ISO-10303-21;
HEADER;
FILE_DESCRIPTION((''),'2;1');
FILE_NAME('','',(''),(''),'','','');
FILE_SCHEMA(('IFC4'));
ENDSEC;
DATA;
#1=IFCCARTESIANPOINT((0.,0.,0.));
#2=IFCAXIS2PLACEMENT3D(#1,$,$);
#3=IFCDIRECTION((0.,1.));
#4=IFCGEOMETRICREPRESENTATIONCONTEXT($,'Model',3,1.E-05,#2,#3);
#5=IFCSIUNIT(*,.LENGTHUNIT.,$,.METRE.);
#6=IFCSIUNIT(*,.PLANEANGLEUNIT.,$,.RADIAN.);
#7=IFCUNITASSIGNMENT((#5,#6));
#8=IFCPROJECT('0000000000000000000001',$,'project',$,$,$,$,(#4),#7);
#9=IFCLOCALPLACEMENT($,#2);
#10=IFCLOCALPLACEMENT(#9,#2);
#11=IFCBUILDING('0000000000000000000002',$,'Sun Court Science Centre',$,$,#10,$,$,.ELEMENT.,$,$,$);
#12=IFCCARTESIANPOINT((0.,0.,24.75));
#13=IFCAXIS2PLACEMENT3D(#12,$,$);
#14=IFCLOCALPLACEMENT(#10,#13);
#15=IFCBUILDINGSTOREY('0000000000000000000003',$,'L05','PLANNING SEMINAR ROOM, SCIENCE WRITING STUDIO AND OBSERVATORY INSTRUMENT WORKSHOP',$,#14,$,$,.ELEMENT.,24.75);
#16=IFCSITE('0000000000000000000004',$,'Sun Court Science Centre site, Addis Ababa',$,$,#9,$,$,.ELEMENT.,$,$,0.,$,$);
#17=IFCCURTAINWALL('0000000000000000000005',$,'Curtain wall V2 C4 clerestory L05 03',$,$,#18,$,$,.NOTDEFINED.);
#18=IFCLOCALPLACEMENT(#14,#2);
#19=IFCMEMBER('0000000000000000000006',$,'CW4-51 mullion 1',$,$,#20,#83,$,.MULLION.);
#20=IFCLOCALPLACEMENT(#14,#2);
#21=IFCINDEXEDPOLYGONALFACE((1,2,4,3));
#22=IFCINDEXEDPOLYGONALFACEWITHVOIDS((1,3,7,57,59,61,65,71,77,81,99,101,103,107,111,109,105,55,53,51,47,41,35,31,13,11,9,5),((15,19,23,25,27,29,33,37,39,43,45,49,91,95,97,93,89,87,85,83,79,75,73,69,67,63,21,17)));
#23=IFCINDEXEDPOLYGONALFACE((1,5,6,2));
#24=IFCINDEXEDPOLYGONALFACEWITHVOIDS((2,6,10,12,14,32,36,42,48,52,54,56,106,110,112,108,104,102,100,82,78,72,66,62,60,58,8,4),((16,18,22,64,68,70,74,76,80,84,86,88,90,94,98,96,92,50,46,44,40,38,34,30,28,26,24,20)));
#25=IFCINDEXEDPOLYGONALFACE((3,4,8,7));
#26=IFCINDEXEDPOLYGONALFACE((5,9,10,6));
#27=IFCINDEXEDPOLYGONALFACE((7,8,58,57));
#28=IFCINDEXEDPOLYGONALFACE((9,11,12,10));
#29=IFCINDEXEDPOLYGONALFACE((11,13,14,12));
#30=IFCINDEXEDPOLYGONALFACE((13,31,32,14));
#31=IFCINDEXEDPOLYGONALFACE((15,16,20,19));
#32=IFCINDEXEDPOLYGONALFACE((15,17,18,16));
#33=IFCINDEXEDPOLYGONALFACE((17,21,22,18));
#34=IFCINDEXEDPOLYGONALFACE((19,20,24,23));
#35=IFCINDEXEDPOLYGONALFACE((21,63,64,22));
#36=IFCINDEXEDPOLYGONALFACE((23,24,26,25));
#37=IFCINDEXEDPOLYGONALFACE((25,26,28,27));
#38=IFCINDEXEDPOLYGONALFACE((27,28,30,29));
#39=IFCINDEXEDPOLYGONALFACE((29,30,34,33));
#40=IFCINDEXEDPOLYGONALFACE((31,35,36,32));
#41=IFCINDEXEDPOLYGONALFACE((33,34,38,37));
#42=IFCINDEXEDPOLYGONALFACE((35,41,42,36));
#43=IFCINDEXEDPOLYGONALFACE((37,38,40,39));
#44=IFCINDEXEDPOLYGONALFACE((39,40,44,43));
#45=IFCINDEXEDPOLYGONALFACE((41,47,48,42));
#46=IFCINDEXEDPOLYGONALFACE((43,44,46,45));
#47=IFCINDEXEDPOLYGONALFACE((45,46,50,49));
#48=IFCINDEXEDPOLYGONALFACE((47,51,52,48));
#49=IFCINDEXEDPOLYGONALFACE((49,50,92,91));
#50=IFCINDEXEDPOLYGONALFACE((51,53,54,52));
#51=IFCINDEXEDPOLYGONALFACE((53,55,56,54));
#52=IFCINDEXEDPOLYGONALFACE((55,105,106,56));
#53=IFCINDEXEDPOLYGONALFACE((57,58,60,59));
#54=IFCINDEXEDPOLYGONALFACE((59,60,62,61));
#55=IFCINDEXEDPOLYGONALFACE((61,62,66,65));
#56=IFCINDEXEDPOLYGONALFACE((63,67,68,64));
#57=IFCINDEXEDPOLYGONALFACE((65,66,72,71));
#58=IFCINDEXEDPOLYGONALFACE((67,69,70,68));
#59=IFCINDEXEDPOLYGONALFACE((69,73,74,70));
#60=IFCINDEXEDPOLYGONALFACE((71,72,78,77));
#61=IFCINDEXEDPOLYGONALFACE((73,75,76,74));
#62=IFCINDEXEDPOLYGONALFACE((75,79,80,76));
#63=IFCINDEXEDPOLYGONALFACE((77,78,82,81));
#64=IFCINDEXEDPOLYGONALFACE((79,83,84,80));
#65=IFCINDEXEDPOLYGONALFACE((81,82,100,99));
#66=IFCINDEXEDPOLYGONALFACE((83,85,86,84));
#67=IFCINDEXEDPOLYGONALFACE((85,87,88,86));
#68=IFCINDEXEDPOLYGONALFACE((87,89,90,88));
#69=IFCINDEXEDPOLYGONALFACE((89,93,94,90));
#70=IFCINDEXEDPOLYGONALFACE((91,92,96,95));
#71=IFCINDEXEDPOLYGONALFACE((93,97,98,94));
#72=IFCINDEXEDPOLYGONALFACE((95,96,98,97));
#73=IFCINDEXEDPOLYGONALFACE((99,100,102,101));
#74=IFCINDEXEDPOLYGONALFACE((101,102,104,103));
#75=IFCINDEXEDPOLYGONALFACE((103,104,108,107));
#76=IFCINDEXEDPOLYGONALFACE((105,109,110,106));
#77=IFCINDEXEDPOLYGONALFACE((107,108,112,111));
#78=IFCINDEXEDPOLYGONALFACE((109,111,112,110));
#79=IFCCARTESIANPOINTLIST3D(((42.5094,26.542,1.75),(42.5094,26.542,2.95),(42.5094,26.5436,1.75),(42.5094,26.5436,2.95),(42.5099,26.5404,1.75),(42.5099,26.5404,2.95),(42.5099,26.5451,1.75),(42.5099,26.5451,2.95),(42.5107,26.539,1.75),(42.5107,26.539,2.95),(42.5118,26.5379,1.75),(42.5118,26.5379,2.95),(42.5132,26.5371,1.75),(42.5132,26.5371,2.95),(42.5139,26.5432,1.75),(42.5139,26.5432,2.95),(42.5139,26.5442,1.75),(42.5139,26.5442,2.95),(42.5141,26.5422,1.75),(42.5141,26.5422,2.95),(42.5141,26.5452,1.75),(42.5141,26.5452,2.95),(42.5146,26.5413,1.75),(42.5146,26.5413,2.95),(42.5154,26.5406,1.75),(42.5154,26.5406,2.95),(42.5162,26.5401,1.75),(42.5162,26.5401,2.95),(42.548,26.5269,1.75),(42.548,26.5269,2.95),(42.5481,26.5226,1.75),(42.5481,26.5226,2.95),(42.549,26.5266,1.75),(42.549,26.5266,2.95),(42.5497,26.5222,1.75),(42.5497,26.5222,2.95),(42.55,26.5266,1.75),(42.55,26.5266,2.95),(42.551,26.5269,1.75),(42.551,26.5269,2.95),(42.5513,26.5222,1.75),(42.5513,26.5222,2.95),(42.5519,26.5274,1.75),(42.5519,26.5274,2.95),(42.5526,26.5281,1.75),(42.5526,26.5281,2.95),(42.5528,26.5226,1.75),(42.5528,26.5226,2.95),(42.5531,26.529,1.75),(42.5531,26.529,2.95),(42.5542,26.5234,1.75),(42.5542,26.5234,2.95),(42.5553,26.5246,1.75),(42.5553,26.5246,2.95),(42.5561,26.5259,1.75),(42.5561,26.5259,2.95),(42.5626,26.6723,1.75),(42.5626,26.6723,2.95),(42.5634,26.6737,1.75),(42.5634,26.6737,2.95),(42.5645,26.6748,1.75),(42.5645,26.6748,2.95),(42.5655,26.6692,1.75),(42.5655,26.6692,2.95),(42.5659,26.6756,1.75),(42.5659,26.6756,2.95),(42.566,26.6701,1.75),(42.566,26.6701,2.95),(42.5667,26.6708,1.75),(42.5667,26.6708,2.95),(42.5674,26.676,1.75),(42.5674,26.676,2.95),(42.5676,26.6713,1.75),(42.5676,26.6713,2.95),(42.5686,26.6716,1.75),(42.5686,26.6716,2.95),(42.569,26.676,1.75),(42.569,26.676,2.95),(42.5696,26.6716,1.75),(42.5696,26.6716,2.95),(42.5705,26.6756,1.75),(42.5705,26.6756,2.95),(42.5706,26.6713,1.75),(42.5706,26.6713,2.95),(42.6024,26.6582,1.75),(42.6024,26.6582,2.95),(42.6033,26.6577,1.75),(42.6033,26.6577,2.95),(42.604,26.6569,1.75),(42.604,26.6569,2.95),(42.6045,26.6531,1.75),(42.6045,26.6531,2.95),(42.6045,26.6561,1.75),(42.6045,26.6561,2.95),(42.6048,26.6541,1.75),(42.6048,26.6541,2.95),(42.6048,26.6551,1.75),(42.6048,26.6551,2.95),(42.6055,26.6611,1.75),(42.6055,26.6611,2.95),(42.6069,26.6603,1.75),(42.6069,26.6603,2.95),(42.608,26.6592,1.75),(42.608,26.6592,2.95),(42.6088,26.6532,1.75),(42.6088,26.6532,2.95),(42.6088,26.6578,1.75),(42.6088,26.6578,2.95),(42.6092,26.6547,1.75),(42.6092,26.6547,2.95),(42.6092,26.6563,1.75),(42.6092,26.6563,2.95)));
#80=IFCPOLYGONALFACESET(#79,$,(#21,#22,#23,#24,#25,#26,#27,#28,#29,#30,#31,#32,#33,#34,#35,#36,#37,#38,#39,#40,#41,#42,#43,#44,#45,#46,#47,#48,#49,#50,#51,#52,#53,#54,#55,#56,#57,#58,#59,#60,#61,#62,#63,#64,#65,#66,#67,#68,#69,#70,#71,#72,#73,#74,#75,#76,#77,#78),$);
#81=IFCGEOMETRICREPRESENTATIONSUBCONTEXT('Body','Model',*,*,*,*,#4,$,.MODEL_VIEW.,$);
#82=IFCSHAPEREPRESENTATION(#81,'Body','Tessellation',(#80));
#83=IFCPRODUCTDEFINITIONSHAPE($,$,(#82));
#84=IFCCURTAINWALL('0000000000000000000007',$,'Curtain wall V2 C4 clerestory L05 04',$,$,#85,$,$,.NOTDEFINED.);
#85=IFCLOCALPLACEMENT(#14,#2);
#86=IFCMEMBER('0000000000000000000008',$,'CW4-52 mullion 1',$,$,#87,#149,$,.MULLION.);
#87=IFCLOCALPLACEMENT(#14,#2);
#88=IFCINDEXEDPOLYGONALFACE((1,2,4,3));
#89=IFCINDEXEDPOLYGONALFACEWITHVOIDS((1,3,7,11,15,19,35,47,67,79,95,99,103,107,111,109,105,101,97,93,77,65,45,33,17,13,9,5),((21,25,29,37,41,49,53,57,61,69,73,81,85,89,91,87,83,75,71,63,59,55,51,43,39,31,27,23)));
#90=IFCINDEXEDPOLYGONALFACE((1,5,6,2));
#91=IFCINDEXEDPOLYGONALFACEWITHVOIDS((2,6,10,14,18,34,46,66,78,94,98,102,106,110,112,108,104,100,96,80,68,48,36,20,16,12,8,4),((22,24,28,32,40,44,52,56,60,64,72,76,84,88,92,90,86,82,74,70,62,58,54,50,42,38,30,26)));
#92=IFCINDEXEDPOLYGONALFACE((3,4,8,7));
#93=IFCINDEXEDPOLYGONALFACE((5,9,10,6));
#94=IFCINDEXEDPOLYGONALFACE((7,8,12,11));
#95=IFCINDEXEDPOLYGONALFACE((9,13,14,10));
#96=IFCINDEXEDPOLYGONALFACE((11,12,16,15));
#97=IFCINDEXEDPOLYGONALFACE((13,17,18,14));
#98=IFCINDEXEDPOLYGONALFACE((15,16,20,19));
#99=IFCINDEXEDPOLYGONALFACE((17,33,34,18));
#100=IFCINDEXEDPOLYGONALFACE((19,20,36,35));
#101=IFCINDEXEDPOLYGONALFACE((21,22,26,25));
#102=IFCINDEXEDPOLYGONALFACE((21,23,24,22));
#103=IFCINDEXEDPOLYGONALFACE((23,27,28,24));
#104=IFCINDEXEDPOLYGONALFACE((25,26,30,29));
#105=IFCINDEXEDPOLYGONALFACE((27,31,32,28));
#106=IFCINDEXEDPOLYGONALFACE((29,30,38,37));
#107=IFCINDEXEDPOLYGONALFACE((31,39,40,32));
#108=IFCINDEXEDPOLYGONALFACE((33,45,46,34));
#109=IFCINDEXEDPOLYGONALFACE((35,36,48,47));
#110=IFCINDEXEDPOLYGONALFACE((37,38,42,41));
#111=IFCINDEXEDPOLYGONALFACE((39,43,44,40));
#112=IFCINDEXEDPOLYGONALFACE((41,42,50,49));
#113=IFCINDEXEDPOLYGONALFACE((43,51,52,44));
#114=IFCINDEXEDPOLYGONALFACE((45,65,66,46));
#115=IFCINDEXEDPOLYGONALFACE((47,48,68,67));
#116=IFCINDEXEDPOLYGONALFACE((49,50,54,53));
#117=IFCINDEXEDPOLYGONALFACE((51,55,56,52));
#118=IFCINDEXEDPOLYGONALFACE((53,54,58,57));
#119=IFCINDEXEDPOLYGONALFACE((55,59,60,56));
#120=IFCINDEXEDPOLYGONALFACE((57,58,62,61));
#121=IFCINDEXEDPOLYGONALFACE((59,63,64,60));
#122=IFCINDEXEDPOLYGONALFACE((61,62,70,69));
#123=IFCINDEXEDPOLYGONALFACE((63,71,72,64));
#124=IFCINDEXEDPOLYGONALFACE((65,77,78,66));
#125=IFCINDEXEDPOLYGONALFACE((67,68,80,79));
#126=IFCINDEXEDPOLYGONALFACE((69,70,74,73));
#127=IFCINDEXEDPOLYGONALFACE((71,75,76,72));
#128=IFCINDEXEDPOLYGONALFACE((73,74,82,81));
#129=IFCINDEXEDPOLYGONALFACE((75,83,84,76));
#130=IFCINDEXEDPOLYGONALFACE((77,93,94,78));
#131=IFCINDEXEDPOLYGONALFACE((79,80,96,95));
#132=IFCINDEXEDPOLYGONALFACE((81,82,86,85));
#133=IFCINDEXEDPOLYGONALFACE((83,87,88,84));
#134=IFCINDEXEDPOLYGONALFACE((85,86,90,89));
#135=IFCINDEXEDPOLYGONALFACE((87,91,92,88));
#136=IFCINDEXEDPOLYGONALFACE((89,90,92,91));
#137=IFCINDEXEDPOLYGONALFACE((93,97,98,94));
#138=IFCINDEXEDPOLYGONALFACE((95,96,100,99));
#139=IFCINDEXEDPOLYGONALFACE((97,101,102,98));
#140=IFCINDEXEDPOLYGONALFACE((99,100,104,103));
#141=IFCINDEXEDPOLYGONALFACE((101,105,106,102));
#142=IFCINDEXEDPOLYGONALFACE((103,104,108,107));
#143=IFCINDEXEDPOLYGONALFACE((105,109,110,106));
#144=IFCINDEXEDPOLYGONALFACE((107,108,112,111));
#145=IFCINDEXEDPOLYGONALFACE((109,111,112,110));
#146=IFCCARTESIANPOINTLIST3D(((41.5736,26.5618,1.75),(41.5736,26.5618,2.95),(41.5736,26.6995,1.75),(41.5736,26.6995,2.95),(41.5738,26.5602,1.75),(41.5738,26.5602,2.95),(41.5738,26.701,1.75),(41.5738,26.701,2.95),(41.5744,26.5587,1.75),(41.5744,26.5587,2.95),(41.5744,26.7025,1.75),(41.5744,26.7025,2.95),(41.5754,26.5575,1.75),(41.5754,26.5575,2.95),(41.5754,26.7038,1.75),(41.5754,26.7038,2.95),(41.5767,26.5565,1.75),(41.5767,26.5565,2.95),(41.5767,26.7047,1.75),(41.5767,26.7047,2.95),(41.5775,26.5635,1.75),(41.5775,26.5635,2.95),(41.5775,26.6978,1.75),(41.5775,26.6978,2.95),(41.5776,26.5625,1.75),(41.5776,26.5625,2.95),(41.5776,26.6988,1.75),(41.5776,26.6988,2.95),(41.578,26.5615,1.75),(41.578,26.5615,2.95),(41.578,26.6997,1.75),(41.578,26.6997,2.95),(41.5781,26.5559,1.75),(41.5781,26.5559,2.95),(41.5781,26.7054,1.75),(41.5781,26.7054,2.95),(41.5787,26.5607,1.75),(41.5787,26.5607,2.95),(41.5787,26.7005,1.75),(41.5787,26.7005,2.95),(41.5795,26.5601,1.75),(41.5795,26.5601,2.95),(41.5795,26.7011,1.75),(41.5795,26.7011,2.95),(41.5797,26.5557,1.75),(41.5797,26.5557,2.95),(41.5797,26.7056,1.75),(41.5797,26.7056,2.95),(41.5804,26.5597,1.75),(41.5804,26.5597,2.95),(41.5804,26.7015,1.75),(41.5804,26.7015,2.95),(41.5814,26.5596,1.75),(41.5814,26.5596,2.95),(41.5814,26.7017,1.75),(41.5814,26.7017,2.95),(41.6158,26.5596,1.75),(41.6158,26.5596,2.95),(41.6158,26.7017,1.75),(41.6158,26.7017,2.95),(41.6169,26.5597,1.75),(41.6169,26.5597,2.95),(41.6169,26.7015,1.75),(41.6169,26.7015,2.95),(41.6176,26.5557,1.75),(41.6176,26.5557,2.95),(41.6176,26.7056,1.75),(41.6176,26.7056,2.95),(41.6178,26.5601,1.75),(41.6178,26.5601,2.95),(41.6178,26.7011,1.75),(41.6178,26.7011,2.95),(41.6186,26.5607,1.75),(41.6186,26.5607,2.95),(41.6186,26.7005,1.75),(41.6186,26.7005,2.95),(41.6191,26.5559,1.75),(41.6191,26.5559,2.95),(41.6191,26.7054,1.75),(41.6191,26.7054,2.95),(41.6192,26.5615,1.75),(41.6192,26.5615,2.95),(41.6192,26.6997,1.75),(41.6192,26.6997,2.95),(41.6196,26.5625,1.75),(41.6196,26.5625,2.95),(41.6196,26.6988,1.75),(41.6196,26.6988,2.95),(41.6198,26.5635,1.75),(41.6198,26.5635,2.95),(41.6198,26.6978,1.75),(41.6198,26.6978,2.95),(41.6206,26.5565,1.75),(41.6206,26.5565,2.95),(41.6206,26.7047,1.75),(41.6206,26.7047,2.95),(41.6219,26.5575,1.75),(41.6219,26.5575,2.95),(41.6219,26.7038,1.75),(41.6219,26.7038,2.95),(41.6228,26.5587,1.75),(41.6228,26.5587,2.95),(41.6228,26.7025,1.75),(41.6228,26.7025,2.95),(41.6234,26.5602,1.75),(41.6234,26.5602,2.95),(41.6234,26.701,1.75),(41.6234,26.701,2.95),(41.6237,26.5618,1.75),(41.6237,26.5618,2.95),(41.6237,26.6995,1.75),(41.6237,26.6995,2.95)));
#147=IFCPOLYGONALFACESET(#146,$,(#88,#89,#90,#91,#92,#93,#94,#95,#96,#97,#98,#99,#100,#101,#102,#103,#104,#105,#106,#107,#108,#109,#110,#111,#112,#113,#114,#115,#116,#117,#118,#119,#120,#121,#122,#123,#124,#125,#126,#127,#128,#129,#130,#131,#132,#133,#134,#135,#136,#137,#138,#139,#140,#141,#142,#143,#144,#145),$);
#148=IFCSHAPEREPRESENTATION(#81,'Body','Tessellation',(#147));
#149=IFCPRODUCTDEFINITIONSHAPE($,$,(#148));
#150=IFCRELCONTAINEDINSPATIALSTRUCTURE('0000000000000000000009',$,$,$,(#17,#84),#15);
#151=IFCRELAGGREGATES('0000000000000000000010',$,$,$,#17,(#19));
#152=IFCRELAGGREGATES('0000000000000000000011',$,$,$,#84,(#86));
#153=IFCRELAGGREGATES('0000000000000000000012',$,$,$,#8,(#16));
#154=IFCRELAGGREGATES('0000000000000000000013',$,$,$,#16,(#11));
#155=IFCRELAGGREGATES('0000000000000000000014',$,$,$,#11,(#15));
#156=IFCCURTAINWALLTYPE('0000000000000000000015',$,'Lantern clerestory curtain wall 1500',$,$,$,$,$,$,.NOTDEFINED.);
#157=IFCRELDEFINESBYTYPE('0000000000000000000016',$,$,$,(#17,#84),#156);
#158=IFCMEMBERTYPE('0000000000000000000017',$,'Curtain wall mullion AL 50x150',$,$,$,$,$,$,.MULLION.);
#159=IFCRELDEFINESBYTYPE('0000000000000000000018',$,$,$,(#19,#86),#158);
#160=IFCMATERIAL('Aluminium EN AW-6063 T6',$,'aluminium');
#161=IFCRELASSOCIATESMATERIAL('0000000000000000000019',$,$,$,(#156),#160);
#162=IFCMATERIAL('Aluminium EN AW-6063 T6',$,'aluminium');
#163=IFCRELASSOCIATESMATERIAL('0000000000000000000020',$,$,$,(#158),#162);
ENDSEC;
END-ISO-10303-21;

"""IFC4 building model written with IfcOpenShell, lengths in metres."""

from ifc_helpers import new_model, si_unit, direction, frame, origin, origin_2d, place, context, subcontext, project, spatial, hollow_rectangle, extrude, material, material_profile, profile_set, type_object, element, aggregate, save


model = new_model("IFC4")

# Units and contexts
model_context = context("Model", 3, precision=1e-05, world=origin(), true_north=direction((0.0, 1.0)))
body_context = subcontext(model_context, "Body", "Model", "MODEL_VIEW")
ifc_project = project(units=[si_unit("LENGTHUNIT", "METRE"), si_unit("PLANEANGLEUNIT", "RADIAN")], contexts=[model_context])

# Site, building, storey
site_placement = place(None, origin())
site = spatial("IfcSite", under=ifc_project, at=site_placement, Name="Sun Court Science Centre site, Addis Ababa", CompositionType="ELEMENT", RefElevation=0.0)
building_placement = place(site_placement, origin())
building = spatial("IfcBuilding", under=site, at=building_placement, Name="Sun Court Science Centre", CompositionType="ELEMENT")
storey_placement = place(building_placement, frame((0.0, 0.0, 24.75)))
storey = spatial("IfcBuildingStorey", under=building, at=storey_placement, Name="L05", Description="PLANNING SEMINAR ROOM, SCIENCE WRITING STUDIO AND OBSERVATORY INSTRUMENT WORKSHOP", CompositionType="ELEMENT", Elevation=24.75)

# Curtain wall, member
ifc_material_1 = material(Name="Aluminium EN AW-6063 T6", Category="aluminium")
curtain_wall_type = type_object("IfcCurtainWallType", Name="Lantern clerestory curtain wall 1500", PredefinedType="NOTDEFINED", material=ifc_material_1)
curtain_wall_1_placement = place(storey_placement, origin())
curtain_wall_1 = element("IfcCurtainWall", 1, at=curtain_wall_1_placement, inside=storey, type_object=curtain_wall_type, Name="Curtain wall V2 C4 clerestory L05 03", PredefinedType="NOTDEFINED")
ifc_material_2 = material(Name="Aluminium EN AW-6063 T6", Category="aluminium")
ifc_material_profile_1 = material_profile(ifc_material_2, hollow_rectangle(XDim=0.05, YDim=0.1499, WallThickness=0.0039, InnerFilletRadius=0.0039, OuterFilletRadius=0.0061, at=origin_2d()), Name="AL 50x150x4")
ifc_profile_set_1 = profile_set([ifc_material_profile_1], Name="Aluminium EN AW-6063 T6")
member_type_1 = type_object("IfcMemberType", Name="Curtain wall mullion AL 50x150", PredefinedType="MULLION", material=ifc_profile_set_1)
member_1_placement = place(storey_placement, frame((42.5593, 26.5991, 1.75), z_axis=(0.0, 0.0, 1.0), x_axis=(0.92388, -0.382683, 0.0)))
member_1 = element("IfcMember", 2, at=member_1_placement, type_object=member_type_1, Name="CW4-51 mullion 1", PredefinedType="MULLION", context=body_context, shape_type="SweptSolid", body=[
    extrude(hollow_rectangle(XDim=0.05, YDim=0.1499, WallThickness=0.0039, InnerFilletRadius=0.0039, OuterFilletRadius=0.0061, at=origin_2d()), origin(), (0.0, 0.0, 1.0), 1.2),
])

# Curtain wall, member
curtain_wall_2_placement = place(storey_placement, origin())
curtain_wall_2 = element("IfcCurtainWall", 3, at=curtain_wall_2_placement, inside=storey, type_object=curtain_wall_type, Name="Curtain wall V2 C4 clerestory L05 04", PredefinedType="NOTDEFINED")
member_2_placement = place(storey_placement, frame((41.5986, 26.6306, 1.75), z_axis=(0.0, 0.0, 1.0), x_axis=(1.0, 0.0, 0.0)))
member_2 = element("IfcMember", 4, at=member_2_placement, type_object=member_type_1, Name="CW4-52 mullion 1", PredefinedType="MULLION", context=body_context, shape_type="SweptSolid", body=[
    extrude(hollow_rectangle(XDim=0.05, YDim=0.1499, WallThickness=0.0039, InnerFilletRadius=0.0039, OuterFilletRadius=0.0061, at=origin_2d()), origin(), (0.0, 0.0, 1.0), 1.2),
])

aggregate(curtain_wall_1, [member_1])
aggregate(curtain_wall_2, [member_2])

save(model, "model.ifc")
